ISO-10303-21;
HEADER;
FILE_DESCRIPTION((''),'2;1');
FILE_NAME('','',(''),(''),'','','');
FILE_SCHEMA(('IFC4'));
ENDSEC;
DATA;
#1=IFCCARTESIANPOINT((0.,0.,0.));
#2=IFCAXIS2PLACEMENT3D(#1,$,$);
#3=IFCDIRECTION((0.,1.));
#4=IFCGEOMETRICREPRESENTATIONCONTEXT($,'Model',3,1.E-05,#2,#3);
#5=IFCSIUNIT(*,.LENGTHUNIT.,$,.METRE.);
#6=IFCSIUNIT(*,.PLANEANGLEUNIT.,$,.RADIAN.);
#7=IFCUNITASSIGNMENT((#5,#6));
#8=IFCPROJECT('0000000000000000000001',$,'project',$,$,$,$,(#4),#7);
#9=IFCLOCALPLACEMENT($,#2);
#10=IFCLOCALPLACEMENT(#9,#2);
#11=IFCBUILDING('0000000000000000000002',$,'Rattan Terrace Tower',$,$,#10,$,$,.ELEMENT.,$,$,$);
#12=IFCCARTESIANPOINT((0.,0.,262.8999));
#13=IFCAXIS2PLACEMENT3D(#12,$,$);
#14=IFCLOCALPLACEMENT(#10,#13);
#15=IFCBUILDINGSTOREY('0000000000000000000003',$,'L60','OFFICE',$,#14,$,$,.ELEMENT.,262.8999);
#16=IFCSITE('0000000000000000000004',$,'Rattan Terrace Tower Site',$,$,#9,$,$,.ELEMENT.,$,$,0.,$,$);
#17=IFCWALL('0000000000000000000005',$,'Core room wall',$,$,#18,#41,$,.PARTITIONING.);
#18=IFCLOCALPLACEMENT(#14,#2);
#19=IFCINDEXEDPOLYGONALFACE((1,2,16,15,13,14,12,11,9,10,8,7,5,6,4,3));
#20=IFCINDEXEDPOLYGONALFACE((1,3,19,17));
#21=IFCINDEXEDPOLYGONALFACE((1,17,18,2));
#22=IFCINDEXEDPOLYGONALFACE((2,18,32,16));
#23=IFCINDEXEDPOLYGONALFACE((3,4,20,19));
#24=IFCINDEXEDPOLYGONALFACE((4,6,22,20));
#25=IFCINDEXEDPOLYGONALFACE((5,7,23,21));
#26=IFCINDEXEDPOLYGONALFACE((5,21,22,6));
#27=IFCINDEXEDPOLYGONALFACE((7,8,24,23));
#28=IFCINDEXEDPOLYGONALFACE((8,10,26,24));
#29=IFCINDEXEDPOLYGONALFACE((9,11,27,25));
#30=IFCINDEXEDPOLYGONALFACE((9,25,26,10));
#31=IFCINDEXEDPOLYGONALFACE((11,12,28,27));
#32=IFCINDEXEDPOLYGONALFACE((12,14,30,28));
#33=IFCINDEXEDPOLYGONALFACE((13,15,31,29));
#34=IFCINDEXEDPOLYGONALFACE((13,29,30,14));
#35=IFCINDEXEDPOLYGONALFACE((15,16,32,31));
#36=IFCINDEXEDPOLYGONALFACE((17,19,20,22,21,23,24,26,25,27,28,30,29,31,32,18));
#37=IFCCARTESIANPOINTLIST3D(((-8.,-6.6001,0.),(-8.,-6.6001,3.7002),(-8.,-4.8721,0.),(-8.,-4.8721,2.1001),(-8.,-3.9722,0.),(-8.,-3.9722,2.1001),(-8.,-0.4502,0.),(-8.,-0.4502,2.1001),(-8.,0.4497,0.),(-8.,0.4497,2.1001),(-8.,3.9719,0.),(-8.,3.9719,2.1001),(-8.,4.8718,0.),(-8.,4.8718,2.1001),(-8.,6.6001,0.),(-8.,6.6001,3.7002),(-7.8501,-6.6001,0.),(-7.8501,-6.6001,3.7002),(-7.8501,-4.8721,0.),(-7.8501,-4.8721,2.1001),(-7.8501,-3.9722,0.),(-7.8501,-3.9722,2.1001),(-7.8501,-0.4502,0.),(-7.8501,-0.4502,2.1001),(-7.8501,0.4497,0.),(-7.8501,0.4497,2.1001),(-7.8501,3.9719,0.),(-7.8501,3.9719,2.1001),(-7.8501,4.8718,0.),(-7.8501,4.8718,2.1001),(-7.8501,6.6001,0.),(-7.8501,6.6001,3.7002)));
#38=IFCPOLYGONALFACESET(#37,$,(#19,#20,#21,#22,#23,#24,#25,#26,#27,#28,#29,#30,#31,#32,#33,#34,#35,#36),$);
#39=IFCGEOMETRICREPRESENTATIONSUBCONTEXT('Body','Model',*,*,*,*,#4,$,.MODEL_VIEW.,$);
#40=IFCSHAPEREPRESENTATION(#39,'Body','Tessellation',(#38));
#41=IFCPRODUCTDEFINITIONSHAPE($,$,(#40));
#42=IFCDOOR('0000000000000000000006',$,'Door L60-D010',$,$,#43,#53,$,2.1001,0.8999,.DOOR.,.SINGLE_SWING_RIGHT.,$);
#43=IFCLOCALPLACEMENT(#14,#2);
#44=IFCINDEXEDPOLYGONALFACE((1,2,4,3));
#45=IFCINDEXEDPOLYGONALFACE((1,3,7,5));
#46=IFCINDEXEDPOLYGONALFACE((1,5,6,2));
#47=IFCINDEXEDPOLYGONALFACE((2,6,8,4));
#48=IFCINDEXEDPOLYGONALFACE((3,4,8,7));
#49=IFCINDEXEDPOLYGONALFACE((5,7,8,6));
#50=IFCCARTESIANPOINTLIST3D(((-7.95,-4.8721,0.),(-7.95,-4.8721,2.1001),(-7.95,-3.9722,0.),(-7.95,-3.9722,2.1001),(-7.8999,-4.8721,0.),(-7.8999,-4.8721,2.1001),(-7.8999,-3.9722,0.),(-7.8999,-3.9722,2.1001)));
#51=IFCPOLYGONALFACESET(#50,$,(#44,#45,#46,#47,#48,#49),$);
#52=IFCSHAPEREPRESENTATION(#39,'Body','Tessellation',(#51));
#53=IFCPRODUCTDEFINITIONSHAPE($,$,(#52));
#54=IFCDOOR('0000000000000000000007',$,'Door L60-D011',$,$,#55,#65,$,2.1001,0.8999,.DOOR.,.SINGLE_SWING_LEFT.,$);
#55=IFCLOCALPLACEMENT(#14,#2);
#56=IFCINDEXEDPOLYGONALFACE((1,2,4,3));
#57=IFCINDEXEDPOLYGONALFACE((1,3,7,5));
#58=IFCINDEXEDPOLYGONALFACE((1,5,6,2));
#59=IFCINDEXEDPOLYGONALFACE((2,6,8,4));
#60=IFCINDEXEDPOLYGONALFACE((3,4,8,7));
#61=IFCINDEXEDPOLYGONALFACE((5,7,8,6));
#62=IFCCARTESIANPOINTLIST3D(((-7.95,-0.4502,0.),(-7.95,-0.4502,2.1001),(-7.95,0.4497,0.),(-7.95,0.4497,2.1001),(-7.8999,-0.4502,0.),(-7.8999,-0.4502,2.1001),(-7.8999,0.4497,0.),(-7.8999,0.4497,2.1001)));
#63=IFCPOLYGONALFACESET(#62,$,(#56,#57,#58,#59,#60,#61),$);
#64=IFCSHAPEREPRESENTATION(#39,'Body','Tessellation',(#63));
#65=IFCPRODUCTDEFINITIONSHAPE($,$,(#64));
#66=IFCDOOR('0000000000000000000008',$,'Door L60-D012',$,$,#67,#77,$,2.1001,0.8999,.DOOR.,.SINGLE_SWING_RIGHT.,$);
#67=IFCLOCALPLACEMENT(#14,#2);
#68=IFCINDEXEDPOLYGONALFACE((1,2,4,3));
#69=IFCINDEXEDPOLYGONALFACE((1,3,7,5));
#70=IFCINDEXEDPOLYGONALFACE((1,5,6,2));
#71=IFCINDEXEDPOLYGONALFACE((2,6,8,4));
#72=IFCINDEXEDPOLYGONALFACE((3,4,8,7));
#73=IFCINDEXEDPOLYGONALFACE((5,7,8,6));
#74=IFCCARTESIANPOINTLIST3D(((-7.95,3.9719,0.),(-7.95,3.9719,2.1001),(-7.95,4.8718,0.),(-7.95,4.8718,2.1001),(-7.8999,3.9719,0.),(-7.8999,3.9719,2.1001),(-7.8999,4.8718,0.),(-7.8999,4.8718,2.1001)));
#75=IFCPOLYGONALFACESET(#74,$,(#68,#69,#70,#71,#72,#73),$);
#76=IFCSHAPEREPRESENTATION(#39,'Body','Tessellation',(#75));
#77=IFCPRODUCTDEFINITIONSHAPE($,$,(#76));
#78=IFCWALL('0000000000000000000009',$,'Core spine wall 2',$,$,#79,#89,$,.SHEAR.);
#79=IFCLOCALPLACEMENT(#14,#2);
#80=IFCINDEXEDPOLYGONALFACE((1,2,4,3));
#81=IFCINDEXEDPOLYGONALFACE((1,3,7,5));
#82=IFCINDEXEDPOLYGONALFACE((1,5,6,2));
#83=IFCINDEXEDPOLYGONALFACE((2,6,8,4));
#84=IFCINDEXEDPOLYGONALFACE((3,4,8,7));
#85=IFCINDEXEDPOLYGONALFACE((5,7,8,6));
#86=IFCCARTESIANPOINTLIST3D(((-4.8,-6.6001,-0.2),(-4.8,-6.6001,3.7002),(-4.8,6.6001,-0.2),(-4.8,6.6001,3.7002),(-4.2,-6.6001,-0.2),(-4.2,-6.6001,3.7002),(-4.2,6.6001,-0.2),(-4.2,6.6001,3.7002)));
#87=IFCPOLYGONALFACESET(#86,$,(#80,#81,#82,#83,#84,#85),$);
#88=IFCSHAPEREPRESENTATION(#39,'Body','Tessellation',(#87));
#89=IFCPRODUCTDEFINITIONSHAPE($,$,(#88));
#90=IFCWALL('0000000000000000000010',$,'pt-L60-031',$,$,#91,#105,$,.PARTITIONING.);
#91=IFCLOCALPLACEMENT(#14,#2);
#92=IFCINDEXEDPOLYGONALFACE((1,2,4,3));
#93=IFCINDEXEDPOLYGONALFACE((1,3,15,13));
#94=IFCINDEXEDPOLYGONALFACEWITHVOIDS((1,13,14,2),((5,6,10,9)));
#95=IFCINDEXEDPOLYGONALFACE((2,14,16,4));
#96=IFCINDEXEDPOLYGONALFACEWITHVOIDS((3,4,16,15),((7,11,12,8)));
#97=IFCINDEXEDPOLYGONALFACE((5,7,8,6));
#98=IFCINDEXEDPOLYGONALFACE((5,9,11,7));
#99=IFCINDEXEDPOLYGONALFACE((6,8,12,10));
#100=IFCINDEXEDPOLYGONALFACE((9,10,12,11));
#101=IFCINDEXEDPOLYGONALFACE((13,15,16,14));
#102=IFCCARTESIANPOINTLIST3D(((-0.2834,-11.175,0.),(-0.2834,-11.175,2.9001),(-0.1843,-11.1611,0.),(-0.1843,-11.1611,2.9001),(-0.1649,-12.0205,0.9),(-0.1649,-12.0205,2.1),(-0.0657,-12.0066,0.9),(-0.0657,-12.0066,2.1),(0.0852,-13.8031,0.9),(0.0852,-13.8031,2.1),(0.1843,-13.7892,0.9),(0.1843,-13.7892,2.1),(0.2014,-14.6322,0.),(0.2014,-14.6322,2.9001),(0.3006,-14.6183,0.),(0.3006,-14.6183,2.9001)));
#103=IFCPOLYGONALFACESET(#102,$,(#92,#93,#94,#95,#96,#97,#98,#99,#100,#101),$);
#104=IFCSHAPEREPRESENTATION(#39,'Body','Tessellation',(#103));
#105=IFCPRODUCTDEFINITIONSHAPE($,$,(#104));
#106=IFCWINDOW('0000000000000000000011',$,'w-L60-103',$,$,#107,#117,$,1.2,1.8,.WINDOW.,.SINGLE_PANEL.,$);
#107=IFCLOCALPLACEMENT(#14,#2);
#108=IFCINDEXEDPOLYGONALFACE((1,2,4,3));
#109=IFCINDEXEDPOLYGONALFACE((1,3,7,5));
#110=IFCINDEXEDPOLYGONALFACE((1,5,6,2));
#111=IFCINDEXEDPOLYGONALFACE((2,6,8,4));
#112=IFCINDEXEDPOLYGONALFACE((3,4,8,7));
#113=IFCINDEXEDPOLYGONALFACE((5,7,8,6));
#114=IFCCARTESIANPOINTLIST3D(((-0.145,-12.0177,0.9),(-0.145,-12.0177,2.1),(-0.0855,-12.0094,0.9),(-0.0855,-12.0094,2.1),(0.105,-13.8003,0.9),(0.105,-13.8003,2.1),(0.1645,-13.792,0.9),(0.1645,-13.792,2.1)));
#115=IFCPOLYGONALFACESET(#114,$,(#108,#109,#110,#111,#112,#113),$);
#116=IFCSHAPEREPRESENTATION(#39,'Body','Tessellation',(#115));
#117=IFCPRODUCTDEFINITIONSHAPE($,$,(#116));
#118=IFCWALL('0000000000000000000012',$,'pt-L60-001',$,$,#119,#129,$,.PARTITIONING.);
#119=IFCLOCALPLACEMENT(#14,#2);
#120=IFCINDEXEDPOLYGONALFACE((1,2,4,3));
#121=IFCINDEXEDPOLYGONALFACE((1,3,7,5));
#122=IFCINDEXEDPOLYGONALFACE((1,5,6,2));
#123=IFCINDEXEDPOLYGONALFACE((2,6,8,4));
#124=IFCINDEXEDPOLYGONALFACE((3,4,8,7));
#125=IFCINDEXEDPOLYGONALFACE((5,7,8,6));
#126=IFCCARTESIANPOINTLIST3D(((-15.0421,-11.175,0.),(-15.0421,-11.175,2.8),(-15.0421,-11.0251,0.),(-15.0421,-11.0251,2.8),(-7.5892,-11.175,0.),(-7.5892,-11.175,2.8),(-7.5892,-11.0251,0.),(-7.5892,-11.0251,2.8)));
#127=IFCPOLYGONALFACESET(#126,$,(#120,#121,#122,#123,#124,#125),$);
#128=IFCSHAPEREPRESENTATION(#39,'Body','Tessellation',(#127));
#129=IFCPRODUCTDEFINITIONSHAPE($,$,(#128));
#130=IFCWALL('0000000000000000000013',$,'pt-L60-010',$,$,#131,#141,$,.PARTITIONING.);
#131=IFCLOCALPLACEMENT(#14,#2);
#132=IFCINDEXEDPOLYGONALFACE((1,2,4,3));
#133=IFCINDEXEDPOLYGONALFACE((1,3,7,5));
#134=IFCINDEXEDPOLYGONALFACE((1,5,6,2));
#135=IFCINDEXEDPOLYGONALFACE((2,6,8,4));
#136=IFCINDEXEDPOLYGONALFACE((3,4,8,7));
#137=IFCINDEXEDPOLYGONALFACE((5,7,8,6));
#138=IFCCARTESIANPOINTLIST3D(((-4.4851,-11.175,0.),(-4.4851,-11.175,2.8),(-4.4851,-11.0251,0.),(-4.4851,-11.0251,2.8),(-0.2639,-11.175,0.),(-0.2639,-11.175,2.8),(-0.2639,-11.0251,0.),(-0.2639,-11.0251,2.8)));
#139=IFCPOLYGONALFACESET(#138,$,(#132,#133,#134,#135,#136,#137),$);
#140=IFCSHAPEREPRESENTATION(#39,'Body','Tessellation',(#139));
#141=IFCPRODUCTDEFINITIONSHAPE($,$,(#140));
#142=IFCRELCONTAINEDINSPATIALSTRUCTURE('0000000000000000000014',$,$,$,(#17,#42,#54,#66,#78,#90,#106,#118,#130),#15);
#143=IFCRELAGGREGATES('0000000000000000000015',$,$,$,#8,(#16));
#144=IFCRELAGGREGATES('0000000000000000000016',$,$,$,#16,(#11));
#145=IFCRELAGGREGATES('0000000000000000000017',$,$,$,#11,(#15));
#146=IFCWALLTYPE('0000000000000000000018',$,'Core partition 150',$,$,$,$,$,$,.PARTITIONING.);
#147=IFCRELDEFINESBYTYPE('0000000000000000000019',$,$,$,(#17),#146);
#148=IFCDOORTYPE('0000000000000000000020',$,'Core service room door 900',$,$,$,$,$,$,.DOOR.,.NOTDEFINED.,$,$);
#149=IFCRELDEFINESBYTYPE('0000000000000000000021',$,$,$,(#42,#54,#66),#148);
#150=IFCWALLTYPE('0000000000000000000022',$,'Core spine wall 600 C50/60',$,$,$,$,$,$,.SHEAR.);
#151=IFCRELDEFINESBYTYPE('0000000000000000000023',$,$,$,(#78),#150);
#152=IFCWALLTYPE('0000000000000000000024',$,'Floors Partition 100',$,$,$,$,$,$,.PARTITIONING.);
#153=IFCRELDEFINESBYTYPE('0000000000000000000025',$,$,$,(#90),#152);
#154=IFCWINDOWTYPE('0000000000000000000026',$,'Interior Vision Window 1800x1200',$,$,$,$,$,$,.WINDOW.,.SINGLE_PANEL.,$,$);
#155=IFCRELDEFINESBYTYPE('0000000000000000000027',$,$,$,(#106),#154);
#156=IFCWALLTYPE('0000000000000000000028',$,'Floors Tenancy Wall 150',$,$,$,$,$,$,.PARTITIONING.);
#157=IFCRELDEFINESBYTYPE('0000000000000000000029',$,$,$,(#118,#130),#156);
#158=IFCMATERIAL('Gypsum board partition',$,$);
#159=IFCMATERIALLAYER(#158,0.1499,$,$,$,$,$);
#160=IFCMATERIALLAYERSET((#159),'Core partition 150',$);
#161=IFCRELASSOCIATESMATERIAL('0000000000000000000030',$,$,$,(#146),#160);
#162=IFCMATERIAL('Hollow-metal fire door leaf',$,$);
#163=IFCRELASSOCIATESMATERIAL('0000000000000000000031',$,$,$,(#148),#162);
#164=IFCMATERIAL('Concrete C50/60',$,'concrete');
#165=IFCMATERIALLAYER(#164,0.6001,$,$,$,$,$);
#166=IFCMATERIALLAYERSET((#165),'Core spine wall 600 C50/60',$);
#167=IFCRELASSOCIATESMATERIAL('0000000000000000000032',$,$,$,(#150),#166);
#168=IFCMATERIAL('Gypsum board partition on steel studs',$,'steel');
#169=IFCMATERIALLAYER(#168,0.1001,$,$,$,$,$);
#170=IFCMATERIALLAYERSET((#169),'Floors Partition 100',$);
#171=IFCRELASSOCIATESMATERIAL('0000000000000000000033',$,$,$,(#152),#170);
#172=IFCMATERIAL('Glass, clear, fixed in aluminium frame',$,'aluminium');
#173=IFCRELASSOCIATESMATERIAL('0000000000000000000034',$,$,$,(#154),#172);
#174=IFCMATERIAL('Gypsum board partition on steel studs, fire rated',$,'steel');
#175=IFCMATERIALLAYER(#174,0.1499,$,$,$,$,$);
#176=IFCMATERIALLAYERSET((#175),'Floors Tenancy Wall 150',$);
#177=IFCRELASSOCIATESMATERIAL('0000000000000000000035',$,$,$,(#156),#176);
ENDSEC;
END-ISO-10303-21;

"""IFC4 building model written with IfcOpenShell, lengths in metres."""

from ifc_helpers import new_model, si_unit, direction, frame, frame_2d, origin, place, context, subcontext, project, spatial, rectangle, extrude, material, layer, layer_set, type_object, element, fill, save


model = new_model("IFC4")

# Units and contexts
model_context = context("Model", 3, precision=1e-05, world=origin(), true_north=direction((0.0, 1.0)))
body_context = subcontext(model_context, "Body", "Model", "MODEL_VIEW")
ifc_project = project(units=[si_unit("LENGTHUNIT", "METRE"), si_unit("PLANEANGLEUNIT", "RADIAN")], contexts=[model_context])

# Site, building, storey
site_placement = place(None, origin())
site = spatial("IfcSite", under=ifc_project, at=site_placement, Name="Rattan Terrace Tower Site", CompositionType="ELEMENT", RefElevation=0.0)
building_placement = place(site_placement, origin())
building = spatial("IfcBuilding", under=site, at=building_placement, Name="Rattan Terrace Tower", CompositionType="ELEMENT")
storey_placement = place(building_placement, frame((0.0, 0.0, 262.8999)))
storey = spatial("IfcBuildingStorey", under=building, at=storey_placement, Name="L60", Description="OFFICE", CompositionType="ELEMENT", Elevation=262.8999)

# Wall, openings, doors
ifc_material_1 = material(Name="Gypsum board partition")
ifc_layer_1 = layer(ifc_material_1, 0.1499)
ifc_layer_set_1 = layer_set([ifc_layer_1], Name="Core partition 150")
wall_type_1 = type_object("IfcWallType", Name="Core partition 150", PredefinedType="PARTITIONING", material=ifc_layer_set_1)
wall_1_placement = place(storey_placement, frame((-7.925, -6.6001, 0.0), z_axis=(0.0, 0.0, 1.0), x_axis=(0.0, 1.0, 0.0)))
wall_1 = element("IfcWall", 1, at=wall_1_placement, inside=storey, type_object=wall_type_1, Name="Core room wall", PredefinedType="PARTITIONING", context=body_context, shape_type="SweptSolid", body=[
    extrude(rectangle(XDim=13.2002, YDim=0.1499, at=frame_2d((6.6001, 0.0))), origin(), (0.0, 0.0, 1.0), 3.7002),
])
opening_1_placement = place(wall_1_placement, frame((1.728, 0.0, 0.0)))
opening_1 = element("IfcOpeningElement", 2, at=opening_1_placement, cuts=wall_1, PredefinedType="OPENING", context=body_context, shape_type="SweptSolid", body=[
    extrude(rectangle(XDim=0.8999, YDim=2.1001, at=frame_2d((0.45, 1.05))), frame((0.0, 0.0854, 0.0), z_axis=(0.0, -1.0, 0.0), x_axis=(1.0, 0.0, 0.0)), (0.0, 0.0, 1.0), 0.1709),
])
opening_2_placement = place(wall_1_placement, frame((6.1499, 0.0, 0.0)))
opening_2 = element("IfcOpeningElement", 3, at=opening_2_placement, cuts=wall_1, PredefinedType="OPENING", context=body_context, shape_type="SweptSolid", body=[
    extrude(rectangle(XDim=0.8999, YDim=2.1001, at=frame_2d((0.45, 1.05))), frame((0.0, 0.0854, 0.0), z_axis=(0.0, -1.0, 0.0), x_axis=(1.0, 0.0, 0.0)), (0.0, 0.0, 1.0), 0.1709),
])
opening_3_placement = place(wall_1_placement, frame((10.572, 0.0, 0.0)))
opening_3 = element("IfcOpeningElement", 4, at=opening_3_placement, cuts=wall_1, PredefinedType="OPENING", context=body_context, shape_type="SweptSolid", body=[
    extrude(rectangle(XDim=0.8999, YDim=2.1001, at=frame_2d((0.45, 1.05))), frame((0.0, 0.0854, 0.0), z_axis=(0.0, -1.0, 0.0), x_axis=(1.0, 0.0, 0.0)), (0.0, 0.0, 1.0), 0.1709),
])
ifc_material_2 = material(Name="Hollow-metal fire door leaf")
door_type_1 = type_object("IfcDoorType", Name="Core service room door 900", OperationType="NOTDEFINED", PredefinedType="DOOR", material=ifc_material_2)
door_1_placement = place(opening_1_placement, origin())
door_1 = element("IfcDoor", 5, at=door_1_placement, inside=storey, type_object=door_type_1, Name="Door L60-D010", OperationType="SINGLE_SWING_RIGHT", OverallHeight=2.1001, OverallWidth=0.8999, PredefinedType="DOOR", context=body_context, shape_type="SweptSolid", body=[
    extrude(rectangle(XDim=0.8999, YDim=2.1001, at=frame_2d((0.45, 1.05))), frame((0.0, 0.0249, 0.0), z_axis=(0.0, -1.0, 0.0), x_axis=(1.0, 0.0, 0.0)), (0.0, 0.0, 1.0), 0.05),
])
fill(opening_1, door_1)
door_2_placement = place(opening_2_placement, origin())
door_2 = element("IfcDoor", 6, at=door_2_placement, inside=storey, type_object=door_type_1, Name="Door L60-D011", OperationType="SINGLE_SWING_LEFT", OverallHeight=2.1001, OverallWidth=0.8999, PredefinedType="DOOR", context=body_context, shape_type="SweptSolid", body=[
    extrude(rectangle(XDim=0.8999, YDim=2.1001, at=frame_2d((0.45, 1.05))), frame((0.0, 0.0249, 0.0), z_axis=(0.0, -1.0, 0.0), x_axis=(1.0, 0.0, 0.0)), (0.0, 0.0, 1.0), 0.05),
])
fill(opening_2, door_2)
door_3_placement = place(opening_3_placement, origin())
door_3 = element("IfcDoor", 7, at=door_3_placement, inside=storey, type_object=door_type_1, Name="Door L60-D012", OperationType="SINGLE_SWING_RIGHT", OverallHeight=2.1001, OverallWidth=0.8999, PredefinedType="DOOR", context=body_context, shape_type="SweptSolid", body=[
    extrude(rectangle(XDim=0.8999, YDim=2.1001, at=frame_2d((0.45, 1.05))), frame((0.0, 0.0249, 0.0), z_axis=(0.0, -1.0, 0.0), x_axis=(1.0, 0.0, 0.0)), (0.0, 0.0, 1.0), 0.05),
])
fill(opening_3, door_3)

# Wall
ifc_material_3 = material(Name="Concrete C50/60", Category="concrete")
ifc_layer_2 = layer(ifc_material_3, 0.6001)
ifc_layer_set_2 = layer_set([ifc_layer_2], Name="Core spine wall 600 C50/60")
wall_type_2 = type_object("IfcWallType", Name="Core spine wall 600 C50/60", PredefinedType="SHEAR", material=ifc_layer_set_2)
wall_2_placement = place(storey_placement, frame((-4.5, -6.6001, -0.2), z_axis=(0.0, 0.0, 1.0), x_axis=(0.0, 1.0, 0.0)))
element("IfcWall", 8, at=wall_2_placement, inside=storey, type_object=wall_type_2, Name="Core spine wall 2", PredefinedType="SHEAR", context=body_context, shape_type="SweptSolid", body=[
    extrude(rectangle(XDim=13.2002, YDim=0.6001, at=frame_2d((6.6001, 0.0))), origin(), (0.0, 0.0, 1.0), 3.9001),
])

# Wall, opening, window
ifc_material_4 = material(Name="Gypsum board partition on steel studs", Category="steel")
ifc_layer_3 = layer(ifc_material_4, 0.1001)
ifc_layer_set_3 = layer_set([ifc_layer_3], Name="Floors Partition 100")
wall_type_3 = type_object("IfcWallType", Name="Floors Partition 100", PredefinedType="PARTITIONING", material=ifc_layer_set_3)
wall_3_placement = place(storey_placement, frame((-0.2339, -11.168, 0.0), z_axis=(0.0, 0.0, 1.0), x_axis=(0.138895, -0.990307, 0.0)))
wall_3 = element("IfcWall", 9, at=wall_3_placement, inside=storey, type_object=wall_type_3, Name="pt-L60-031", PredefinedType="PARTITIONING", context=body_context, shape_type="SweptSolid", body=[
    extrude(rectangle(XDim=3.491, YDim=0.1001, at=frame_2d((1.7456, 0.0))), origin(), (0.0, 0.0, 1.0), 2.9001),
])
opening_4_placement = place(wall_3_placement, frame((0.854, 0.0, 0.8999)))
opening_4 = element("IfcOpeningElement", 10, at=opening_4_placement, cuts=wall_3, PredefinedType="OPENING", context=body_context, shape_type="SweptSolid", body=[
    extrude(rectangle(XDim=1.8, YDim=1.2, at=frame_2d((0.8999, 0.6001))), frame((0.0, 0.0605, 0.0), z_axis=(0.0, -1.0, 0.0), x_axis=(1.0, 0.0, 0.0)), (0.0, 0.0, 1.0), 0.1211),
])
ifc_material_5 = material(Name="Glass, clear, fixed in aluminium frame", Category="aluminium")
window_type = type_object("IfcWindowType", Name="Interior Vision Window 1800x1200", PartitioningType="SINGLE_PANEL", PredefinedType="WINDOW", material=ifc_material_5)
window_placement = place(opening_4_placement, origin())
window = element("IfcWindow", 11, at=window_placement, inside=storey, type_object=window_type, Name="w-L60-103", OverallHeight=1.2, OverallWidth=1.8, PartitioningType="SINGLE_PANEL", PredefinedType="WINDOW", context=body_context, shape_type="SweptSolid", body=[
    extrude(rectangle(XDim=1.8, YDim=1.2, at=frame_2d((0.8999, 0.6001))), frame((0.0, 0.03, 0.0), z_axis=(0.0, -1.0, 0.0), x_axis=(1.0, 0.0, 0.0)), (0.0, 0.0, 1.0), 0.0601),
])
fill(opening_4, window)

# Walls
ifc_material_6 = material(Name="Gypsum board partition on steel studs, fire rated", Category="steel")
ifc_layer_4 = layer(ifc_material_6, 0.1499)
ifc_layer_set_4 = layer_set([ifc_layer_4], Name="Floors Tenancy Wall 150")
wall_type_4 = type_object("IfcWallType", Name="Floors Tenancy Wall 150", PredefinedType="PARTITIONING", material=ifc_layer_set_4)
wall_4_placement = place(storey_placement, frame((-7.5891, -11.1001, 0.0), z_axis=(0.0, 0.0, 1.0), x_axis=(-1.0, 0.0, 0.0)))
element("IfcWall", 12, at=wall_4_placement, inside=storey, type_object=wall_type_4, Name="pt-L60-001", PredefinedType="PARTITIONING", context=body_context, shape_type="SweptSolid", body=[
    extrude(rectangle(XDim=7.4529, YDim=0.1499, at=frame_2d((3.7266, 0.0))), origin(), (0.0, 0.0, 1.0), 2.8),
])
wall_5_placement = place(storey_placement, frame((-0.2639, -11.1001, 0.0), z_axis=(0.0, 0.0, 1.0), x_axis=(-1.0, 0.0, 0.0)))
element("IfcWall", 13, at=wall_5_placement, inside=storey, type_object=wall_type_4, Name="pt-L60-010", PredefinedType="PARTITIONING", context=body_context, shape_type="SweptSolid", body=[
    extrude(rectangle(XDim=4.2212, YDim=0.1499, at=frame_2d((2.1106, 0.0))), origin(), (0.0, 0.0, 1.0), 2.8),
])

save(model, "model.ifc")
